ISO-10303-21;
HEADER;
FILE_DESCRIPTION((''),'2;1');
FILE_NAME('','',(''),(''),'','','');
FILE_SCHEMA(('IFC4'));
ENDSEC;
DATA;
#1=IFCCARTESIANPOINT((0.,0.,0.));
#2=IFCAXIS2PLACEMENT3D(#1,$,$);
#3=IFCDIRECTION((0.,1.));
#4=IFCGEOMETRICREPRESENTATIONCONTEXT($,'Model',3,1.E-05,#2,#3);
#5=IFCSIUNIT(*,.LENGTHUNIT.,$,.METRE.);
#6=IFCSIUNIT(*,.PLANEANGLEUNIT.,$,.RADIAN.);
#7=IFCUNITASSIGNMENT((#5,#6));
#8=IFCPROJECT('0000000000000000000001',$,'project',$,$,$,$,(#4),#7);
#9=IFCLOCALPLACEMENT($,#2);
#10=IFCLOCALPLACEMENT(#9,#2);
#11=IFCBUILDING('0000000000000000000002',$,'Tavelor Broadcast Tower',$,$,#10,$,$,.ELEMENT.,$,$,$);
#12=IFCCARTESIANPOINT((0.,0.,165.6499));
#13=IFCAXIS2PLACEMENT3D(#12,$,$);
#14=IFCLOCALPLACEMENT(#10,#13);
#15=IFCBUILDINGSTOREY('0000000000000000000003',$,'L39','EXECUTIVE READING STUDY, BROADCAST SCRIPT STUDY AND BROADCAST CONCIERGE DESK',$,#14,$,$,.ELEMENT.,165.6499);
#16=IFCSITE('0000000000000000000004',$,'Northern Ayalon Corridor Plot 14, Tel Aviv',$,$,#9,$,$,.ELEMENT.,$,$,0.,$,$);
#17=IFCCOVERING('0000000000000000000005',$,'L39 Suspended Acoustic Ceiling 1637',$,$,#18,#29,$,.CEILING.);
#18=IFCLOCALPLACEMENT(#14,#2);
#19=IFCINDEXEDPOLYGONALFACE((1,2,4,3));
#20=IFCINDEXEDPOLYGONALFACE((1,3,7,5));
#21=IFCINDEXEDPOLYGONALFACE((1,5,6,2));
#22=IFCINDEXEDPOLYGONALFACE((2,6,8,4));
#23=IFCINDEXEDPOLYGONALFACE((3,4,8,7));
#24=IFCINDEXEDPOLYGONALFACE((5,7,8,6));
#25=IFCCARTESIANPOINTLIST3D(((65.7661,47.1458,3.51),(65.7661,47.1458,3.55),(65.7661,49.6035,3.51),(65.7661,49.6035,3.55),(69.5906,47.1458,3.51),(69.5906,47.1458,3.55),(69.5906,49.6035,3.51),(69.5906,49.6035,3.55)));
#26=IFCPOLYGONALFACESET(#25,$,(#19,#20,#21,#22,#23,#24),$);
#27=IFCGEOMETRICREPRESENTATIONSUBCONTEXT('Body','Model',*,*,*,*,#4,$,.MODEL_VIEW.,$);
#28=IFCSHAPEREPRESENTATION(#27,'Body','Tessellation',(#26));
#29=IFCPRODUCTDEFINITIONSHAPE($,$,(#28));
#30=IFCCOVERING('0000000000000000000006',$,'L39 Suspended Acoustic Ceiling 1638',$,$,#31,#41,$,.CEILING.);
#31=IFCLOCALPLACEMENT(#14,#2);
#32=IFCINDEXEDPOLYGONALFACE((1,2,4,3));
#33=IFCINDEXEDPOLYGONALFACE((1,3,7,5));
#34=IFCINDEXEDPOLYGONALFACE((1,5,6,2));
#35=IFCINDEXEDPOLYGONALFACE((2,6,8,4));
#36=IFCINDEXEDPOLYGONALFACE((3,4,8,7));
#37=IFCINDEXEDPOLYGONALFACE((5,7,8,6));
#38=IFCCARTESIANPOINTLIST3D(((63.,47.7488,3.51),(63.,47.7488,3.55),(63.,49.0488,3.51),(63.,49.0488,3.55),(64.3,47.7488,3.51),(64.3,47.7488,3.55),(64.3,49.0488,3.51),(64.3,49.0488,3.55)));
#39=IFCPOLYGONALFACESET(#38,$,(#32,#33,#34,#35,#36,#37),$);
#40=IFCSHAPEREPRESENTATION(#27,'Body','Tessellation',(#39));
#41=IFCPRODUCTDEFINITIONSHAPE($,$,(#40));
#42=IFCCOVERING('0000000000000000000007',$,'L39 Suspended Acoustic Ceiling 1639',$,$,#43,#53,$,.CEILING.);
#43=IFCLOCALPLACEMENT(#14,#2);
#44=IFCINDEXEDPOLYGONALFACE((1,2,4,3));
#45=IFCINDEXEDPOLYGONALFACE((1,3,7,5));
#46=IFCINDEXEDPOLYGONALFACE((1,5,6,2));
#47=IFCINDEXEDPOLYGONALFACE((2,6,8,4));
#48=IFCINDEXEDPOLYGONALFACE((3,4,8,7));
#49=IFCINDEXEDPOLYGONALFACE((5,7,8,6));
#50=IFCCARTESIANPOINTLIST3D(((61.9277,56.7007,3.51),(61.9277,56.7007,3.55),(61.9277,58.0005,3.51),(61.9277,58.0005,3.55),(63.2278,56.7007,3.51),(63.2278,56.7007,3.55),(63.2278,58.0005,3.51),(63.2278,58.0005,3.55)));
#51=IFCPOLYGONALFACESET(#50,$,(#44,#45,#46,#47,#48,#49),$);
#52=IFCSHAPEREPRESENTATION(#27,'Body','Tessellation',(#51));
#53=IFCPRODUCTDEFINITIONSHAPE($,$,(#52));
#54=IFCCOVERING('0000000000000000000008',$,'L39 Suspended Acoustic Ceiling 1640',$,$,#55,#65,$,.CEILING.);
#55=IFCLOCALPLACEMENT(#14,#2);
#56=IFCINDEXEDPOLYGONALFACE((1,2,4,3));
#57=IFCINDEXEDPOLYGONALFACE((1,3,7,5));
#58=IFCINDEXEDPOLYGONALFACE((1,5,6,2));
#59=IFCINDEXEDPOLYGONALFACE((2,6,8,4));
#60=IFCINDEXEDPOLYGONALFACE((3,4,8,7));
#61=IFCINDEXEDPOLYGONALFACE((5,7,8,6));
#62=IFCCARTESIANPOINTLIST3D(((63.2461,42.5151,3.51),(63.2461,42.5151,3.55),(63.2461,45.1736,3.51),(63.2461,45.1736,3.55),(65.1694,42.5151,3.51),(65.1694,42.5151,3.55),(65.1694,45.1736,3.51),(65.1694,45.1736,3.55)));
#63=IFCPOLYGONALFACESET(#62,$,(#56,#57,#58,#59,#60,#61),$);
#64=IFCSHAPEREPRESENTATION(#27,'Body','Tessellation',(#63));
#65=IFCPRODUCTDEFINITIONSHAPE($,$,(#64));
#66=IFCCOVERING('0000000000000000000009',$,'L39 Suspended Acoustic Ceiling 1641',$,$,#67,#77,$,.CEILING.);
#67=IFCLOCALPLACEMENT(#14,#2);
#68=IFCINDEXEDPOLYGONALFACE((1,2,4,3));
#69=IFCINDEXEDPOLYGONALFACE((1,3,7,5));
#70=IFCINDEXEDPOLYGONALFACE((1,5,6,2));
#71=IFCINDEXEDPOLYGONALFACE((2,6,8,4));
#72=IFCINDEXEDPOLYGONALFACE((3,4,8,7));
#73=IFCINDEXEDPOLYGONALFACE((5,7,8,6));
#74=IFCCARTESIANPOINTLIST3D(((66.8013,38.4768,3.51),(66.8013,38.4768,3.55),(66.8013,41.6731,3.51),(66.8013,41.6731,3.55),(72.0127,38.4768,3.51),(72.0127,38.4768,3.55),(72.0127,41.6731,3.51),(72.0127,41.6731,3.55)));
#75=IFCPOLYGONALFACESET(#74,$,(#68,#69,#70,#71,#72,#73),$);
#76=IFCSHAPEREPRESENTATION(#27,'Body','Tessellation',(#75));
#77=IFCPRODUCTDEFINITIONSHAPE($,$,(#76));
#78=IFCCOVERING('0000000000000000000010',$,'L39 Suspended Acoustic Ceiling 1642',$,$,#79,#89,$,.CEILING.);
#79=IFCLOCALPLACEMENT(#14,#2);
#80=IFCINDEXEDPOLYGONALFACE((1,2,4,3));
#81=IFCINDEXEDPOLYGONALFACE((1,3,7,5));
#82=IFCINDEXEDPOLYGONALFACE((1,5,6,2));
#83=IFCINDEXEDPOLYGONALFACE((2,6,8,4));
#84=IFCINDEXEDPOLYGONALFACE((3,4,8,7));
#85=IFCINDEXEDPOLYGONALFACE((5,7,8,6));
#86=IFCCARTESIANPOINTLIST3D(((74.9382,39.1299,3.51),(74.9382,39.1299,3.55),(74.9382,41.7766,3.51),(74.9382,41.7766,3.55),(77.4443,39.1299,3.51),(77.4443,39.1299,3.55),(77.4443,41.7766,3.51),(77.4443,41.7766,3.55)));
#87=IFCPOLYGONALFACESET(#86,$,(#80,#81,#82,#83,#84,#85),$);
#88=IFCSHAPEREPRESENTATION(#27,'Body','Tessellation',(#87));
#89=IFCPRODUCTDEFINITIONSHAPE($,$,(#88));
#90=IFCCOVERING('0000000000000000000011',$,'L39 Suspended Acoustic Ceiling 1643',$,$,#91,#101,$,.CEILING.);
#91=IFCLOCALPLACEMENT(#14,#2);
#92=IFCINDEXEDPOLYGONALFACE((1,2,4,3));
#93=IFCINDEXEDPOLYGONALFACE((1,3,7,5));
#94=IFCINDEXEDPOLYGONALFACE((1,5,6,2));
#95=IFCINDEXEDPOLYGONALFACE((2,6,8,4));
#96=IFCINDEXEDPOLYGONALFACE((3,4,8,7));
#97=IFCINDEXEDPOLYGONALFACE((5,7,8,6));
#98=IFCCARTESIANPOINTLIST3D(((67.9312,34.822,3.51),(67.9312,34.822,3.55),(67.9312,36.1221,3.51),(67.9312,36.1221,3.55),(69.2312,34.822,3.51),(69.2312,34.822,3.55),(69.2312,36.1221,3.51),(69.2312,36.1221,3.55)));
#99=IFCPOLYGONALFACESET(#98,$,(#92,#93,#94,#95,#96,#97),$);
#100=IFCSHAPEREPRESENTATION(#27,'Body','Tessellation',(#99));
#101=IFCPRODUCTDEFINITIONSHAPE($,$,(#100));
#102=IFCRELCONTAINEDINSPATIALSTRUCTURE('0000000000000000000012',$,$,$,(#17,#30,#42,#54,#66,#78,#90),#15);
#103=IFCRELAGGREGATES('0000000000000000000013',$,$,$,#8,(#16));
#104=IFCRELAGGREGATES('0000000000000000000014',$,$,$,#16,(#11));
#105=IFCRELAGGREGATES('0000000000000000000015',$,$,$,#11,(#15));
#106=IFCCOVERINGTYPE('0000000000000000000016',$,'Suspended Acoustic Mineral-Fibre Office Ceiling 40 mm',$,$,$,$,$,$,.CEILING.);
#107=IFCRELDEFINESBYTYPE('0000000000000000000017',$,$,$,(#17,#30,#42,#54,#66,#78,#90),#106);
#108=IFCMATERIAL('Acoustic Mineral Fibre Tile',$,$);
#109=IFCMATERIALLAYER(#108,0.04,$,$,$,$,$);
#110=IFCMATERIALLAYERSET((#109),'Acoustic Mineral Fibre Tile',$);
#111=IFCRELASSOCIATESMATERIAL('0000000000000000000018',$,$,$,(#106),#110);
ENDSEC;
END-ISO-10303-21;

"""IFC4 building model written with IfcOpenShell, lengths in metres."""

from ifc_helpers import new_model, si_unit, direction, frame, origin, place, context, subcontext, project, spatial, polyline, outline, extrude, material, layer, layer_set, type_object, element, save


model = new_model("IFC4")

# Units and contexts
model_context = context("Model", 3, precision=1e-05, world=origin(), true_north=direction((0.0, 1.0)))
body_context = subcontext(model_context, "Body", "Model", "MODEL_VIEW")
ifc_project = project(units=[si_unit("LENGTHUNIT", "METRE"), si_unit("PLANEANGLEUNIT", "RADIAN")], contexts=[model_context])

# Site, building, storey
site_placement = place(None, origin())
site = spatial("IfcSite", under=ifc_project, at=site_placement, Name="Northern Ayalon Corridor Plot 14, Tel Aviv", CompositionType="ELEMENT", RefElevation=0.0)
building_placement = place(site_placement, origin())
building = spatial("IfcBuilding", under=site, at=building_placement, Name="Tavelor Broadcast Tower", CompositionType="ELEMENT")
storey_placement = place(building_placement, frame((0.0, 0.0, 165.6499)))
storey = spatial("IfcBuildingStorey", under=building, at=storey_placement, Name="L39", Description="EXECUTIVE READING STUDY, BROADCAST SCRIPT STUDY AND BROADCAST CONCIERGE DESK", CompositionType="ELEMENT", Elevation=165.6499)

# Coverings
ifc_material_1 = material(Name="Acoustic Mineral Fibre Tile")
ifc_layer_1 = layer(ifc_material_1, 0.04)
ifc_layer_set_1 = layer_set([ifc_layer_1], Name="Acoustic Mineral Fibre Tile")
covering_type_1 = type_object("IfcCoveringType", Name="Suspended Acoustic Mineral-Fibre Office Ceiling 40 mm", PredefinedType="CEILING", material=ifc_layer_set_1)
covering_1_placement = place(storey_placement, frame((0.0, 0.0, 3.51)))
element("IfcCovering", 1, at=covering_1_placement, inside=storey, type_object=covering_type_1, Name="L39 Suspended Acoustic Ceiling 1637", PredefinedType="CEILING", context=body_context, shape_type="SweptSolid", body=[
    extrude(outline(polyline([(65.7661, 47.1458), (69.5906, 47.1458), (69.5906, 49.6035), (65.7661, 49.6035), (65.7661, 47.1458)])), origin(), (0.0, 0.0, 1.0), 0.04),
])
covering_2_placement = place(storey_placement, frame((0.0, 0.0, 3.51)))
element("IfcCovering", 2, at=covering_2_placement, inside=storey, type_object=covering_type_1, Name="L39 Suspended Acoustic Ceiling 1638", PredefinedType="CEILING", context=body_context, shape_type="SweptSolid", body=[
    extrude(outline(polyline([(63.0, 47.7488), (64.3, 47.7488), (64.3, 49.0488), (63.0, 49.0488), (63.0, 47.7488)])), origin(), (0.0, 0.0, 1.0), 0.04),
])
covering_3_placement = place(storey_placement, frame((0.0, 0.0, 3.51)))
element("IfcCovering", 3, at=covering_3_placement, inside=storey, type_object=covering_type_1, Name="L39 Suspended Acoustic Ceiling 1639", PredefinedType="CEILING", context=body_context, shape_type="SweptSolid", body=[
    extrude(outline(polyline([(61.9277, 56.7007), (63.2278, 56.7007), (63.2278, 58.0005), (61.9277, 58.0005), (61.9277, 56.7007)])), origin(), (0.0, 0.0, 1.0), 0.04),
])
covering_4_placement = place(storey_placement, frame((0.0, 0.0, 3.51)))
element("IfcCovering", 4, at=covering_4_placement, inside=storey, type_object=covering_type_1, Name="L39 Suspended Acoustic Ceiling 1640", PredefinedType="CEILING", context=body_context, shape_type="SweptSolid", body=[
    extrude(outline(polyline([(63.2461, 42.5151), (65.1694, 42.5151), (65.1694, 45.1736), (63.2461, 45.1736), (63.2461, 42.5151)])), origin(), (0.0, 0.0, 1.0), 0.04),
])
covering_5_placement = place(storey_placement, frame((0.0, 0.0, 3.51)))
element("IfcCovering", 5, at=covering_5_placement, inside=storey, type_object=covering_type_1, Name="L39 Suspended Acoustic Ceiling 1641", PredefinedType="CEILING", context=body_context, shape_type="SweptSolid", body=[
    extrude(outline(polyline([(66.8013, 38.4768), (72.0127, 38.4768), (72.0127, 41.6731), (66.8013, 41.6731), (66.8013, 38.4768)])), origin(), (0.0, 0.0, 1.0), 0.04),
])
covering_6_placement = place(storey_placement, frame((0.0, 0.0, 3.51)))
element("IfcCovering", 6, at=covering_6_placement, inside=storey, type_object=covering_type_1, Name="L39 Suspended Acoustic Ceiling 1642", PredefinedType="CEILING", context=body_context, shape_type="SweptSolid", body=[
    extrude(outline(polyline([(74.9382, 39.1299), (77.4443, 39.1299), (77.4443, 41.7766), (74.9382, 41.7766), (74.9382, 39.1299)])), origin(), (0.0, 0.0, 1.0), 0.04),
])
covering_7_placement = place(storey_placement, frame((0.0, 0.0, 3.51)))
element("IfcCovering", 7, at=covering_7_placement, inside=storey, type_object=covering_type_1, Name="L39 Suspended Acoustic Ceiling 1643", PredefinedType="CEILING", context=body_context, shape_type="SweptSolid", body=[
    extrude(outline(polyline([(67.9312, 34.822), (69.2312, 34.822), (69.2312, 36.1221), (67.9312, 36.1221), (67.9312, 34.822)])), origin(), (0.0, 0.0, 1.0), 0.04),
])

save(model, "model.ifc")
